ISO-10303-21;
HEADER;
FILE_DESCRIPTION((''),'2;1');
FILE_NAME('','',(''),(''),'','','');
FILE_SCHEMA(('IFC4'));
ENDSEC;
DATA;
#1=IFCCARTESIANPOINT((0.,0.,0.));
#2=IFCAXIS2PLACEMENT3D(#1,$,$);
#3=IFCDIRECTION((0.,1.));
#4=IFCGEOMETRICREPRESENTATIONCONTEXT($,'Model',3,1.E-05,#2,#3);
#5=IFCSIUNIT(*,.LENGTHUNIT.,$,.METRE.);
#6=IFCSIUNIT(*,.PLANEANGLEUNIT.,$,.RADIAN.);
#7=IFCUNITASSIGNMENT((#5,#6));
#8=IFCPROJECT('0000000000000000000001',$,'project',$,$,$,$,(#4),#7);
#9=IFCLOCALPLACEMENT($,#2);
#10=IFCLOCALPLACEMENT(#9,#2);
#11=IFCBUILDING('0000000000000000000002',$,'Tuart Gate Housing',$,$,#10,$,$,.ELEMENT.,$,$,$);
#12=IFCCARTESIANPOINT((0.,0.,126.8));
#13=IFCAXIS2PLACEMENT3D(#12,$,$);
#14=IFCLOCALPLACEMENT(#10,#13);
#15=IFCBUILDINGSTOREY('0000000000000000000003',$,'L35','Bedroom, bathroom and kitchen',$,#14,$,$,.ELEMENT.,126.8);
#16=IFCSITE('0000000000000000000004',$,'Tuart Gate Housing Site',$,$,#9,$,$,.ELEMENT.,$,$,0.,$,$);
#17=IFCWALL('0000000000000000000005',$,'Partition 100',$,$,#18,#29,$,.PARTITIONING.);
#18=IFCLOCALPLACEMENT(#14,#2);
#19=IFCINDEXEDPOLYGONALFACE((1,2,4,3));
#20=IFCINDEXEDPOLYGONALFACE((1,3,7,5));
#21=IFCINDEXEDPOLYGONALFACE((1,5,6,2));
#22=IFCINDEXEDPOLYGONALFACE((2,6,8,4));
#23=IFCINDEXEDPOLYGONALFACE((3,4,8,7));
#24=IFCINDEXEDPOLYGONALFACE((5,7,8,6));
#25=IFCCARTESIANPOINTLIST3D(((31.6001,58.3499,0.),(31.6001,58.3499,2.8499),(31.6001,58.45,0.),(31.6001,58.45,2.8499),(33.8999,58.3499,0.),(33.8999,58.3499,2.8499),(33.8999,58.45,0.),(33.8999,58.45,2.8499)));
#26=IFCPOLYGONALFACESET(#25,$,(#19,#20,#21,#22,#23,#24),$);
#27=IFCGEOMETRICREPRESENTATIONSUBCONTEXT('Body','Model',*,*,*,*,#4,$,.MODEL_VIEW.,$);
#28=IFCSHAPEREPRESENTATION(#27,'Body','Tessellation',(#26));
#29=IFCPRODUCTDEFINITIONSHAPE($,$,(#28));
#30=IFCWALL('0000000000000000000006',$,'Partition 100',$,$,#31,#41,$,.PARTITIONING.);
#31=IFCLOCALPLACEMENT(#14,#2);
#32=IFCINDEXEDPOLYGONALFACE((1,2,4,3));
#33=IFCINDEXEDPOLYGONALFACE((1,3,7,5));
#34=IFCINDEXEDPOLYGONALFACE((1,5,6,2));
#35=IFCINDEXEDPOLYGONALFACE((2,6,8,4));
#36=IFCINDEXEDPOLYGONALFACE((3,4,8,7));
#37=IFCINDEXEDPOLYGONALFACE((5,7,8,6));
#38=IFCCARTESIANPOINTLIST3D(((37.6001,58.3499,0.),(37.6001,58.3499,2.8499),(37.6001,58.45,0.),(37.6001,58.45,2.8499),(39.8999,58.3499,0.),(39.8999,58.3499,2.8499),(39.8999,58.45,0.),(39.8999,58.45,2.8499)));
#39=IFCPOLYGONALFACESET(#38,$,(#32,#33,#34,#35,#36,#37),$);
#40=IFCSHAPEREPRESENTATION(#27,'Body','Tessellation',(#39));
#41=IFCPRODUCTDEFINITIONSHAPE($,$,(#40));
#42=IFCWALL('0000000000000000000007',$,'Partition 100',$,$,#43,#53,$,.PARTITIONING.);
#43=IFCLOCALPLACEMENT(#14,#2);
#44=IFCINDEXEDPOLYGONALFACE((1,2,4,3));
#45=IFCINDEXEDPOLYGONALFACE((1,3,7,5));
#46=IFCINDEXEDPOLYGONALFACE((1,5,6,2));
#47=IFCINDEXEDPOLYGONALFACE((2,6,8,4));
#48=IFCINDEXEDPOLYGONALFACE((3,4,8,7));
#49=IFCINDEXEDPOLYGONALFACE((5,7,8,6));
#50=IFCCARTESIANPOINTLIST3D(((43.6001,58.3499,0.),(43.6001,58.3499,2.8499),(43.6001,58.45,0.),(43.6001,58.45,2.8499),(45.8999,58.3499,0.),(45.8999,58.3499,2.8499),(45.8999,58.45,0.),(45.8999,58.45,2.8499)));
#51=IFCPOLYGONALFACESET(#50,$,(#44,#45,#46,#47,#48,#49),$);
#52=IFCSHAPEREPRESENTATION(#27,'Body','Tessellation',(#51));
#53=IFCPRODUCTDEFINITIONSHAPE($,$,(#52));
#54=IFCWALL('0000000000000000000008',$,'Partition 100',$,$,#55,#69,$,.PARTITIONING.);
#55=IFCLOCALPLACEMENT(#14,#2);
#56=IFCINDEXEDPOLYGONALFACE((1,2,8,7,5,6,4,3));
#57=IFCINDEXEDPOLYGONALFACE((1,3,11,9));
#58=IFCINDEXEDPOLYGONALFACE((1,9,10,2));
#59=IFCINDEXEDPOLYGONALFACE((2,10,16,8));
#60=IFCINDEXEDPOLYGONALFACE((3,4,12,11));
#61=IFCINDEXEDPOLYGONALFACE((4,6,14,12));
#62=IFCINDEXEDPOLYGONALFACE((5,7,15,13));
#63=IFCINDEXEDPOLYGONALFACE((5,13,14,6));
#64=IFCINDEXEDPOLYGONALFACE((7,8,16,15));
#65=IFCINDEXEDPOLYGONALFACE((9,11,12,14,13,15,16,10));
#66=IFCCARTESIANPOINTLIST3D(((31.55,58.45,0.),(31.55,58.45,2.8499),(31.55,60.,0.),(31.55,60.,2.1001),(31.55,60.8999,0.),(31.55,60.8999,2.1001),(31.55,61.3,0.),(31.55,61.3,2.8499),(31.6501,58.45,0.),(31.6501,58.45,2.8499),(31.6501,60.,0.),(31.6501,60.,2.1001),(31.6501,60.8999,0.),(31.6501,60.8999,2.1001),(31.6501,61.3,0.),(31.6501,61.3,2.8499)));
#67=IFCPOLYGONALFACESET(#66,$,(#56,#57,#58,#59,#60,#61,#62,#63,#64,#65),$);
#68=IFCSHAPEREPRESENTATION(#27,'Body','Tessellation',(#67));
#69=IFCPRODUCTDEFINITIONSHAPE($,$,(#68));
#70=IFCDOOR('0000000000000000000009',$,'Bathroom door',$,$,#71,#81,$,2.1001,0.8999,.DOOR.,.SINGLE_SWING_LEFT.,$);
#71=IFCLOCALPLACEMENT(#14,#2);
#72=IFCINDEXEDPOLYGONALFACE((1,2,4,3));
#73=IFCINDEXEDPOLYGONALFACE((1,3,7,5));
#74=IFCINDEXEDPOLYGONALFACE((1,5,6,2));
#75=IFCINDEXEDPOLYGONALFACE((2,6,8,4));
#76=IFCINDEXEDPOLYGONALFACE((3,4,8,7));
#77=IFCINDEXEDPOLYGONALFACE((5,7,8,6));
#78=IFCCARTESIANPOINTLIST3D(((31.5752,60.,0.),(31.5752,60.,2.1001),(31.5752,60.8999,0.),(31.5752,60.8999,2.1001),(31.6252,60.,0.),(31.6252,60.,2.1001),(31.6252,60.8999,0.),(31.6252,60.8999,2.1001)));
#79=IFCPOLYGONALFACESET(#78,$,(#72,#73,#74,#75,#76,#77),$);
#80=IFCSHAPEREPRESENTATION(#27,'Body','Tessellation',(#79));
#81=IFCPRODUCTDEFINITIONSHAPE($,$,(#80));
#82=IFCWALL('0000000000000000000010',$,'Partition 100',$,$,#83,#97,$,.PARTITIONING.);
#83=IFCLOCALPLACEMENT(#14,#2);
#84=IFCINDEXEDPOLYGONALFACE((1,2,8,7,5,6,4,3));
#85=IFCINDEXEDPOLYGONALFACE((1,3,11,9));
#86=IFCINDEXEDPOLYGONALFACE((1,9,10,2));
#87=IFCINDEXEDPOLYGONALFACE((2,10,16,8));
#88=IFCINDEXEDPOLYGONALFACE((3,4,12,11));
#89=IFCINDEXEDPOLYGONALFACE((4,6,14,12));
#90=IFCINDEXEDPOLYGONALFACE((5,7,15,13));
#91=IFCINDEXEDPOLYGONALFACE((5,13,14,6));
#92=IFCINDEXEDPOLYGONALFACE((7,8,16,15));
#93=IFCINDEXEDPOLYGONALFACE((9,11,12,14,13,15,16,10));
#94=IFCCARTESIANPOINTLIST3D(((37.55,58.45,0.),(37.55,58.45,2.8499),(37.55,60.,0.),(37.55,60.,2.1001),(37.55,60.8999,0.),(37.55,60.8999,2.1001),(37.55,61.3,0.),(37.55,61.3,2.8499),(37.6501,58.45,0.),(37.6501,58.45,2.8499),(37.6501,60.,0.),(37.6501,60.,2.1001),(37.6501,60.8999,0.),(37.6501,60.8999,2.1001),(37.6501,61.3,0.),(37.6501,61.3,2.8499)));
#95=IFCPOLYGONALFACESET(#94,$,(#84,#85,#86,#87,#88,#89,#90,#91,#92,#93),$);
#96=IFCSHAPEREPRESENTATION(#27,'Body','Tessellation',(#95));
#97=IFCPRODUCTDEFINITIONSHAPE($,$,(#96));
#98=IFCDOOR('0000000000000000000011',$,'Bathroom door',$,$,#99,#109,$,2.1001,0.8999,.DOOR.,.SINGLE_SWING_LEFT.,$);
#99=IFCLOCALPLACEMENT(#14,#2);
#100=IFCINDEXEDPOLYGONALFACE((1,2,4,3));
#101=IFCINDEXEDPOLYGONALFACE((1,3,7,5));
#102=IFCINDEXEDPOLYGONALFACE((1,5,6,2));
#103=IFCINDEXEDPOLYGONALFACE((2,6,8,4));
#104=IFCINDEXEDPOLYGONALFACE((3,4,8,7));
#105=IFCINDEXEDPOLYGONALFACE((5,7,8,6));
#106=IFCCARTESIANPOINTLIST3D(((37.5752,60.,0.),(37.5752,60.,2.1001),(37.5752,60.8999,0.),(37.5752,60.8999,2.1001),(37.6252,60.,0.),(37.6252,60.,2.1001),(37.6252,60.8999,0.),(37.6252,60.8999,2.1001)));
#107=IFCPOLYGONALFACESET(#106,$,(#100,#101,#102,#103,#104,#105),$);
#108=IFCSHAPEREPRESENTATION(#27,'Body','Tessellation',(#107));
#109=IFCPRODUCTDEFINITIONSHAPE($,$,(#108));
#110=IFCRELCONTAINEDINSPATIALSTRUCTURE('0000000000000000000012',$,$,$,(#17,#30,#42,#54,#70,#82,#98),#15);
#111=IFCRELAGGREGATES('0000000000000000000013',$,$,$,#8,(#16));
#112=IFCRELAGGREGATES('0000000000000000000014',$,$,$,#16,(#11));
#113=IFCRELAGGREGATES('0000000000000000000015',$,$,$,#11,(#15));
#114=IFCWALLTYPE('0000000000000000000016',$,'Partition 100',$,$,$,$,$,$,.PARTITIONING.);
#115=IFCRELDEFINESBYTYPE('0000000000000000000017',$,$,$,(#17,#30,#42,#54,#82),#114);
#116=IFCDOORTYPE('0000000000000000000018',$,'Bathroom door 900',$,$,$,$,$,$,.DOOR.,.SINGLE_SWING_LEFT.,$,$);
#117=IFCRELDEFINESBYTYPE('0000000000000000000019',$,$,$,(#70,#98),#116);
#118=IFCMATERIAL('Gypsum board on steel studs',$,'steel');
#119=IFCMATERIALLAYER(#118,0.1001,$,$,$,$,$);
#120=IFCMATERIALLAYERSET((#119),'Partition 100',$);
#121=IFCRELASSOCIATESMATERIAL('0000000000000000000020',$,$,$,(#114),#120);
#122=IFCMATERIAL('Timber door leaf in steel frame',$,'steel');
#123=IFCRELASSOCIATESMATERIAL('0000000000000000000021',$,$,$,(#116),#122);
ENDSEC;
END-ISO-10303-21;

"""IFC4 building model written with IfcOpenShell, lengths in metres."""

from ifc_helpers import new_model, si_unit, direction, frame, frame_2d, origin, place, context, subcontext, project, spatial, rectangle, extrude, material, layer, layer_set, type_object, element, fill, save


model = new_model("IFC4")

# Units and contexts
model_context = context("Model", 3, precision=1e-05, world=origin(), true_north=direction((0.0, 1.0)))
body_context = subcontext(model_context, "Body", "Model", "MODEL_VIEW")
ifc_project = project(units=[si_unit("LENGTHUNIT", "METRE"), si_unit("PLANEANGLEUNIT", "RADIAN")], contexts=[model_context])

# Site, building, storey
site_placement = place(None, origin())
site = spatial("IfcSite", under=ifc_project, at=site_placement, Name="Tuart Gate Housing Site", CompositionType="ELEMENT", RefElevation=0.0)
building_placement = place(site_placement, origin())
building = spatial("IfcBuilding", under=site, at=building_placement, Name="Tuart Gate Housing", CompositionType="ELEMENT")
storey_placement = place(building_placement, frame((0.0, 0.0, 126.8)))
storey = spatial("IfcBuildingStorey", under=building, at=storey_placement, Name="L35", Description="Bedroom, bathroom and kitchen", CompositionType="ELEMENT", Elevation=126.8)

# Walls
ifc_material_1 = material(Name="Gypsum board on steel studs", Category="steel")
ifc_layer_1 = layer(ifc_material_1, 0.1001)
ifc_layer_set_1 = layer_set([ifc_layer_1], Name="Partition 100")
wall_type_1 = type_object("IfcWallType", Name="Partition 100", PredefinedType="PARTITIONING", material=ifc_layer_set_1)
for number, where, z_axis, x_axis, name in (
    (1, (31.6001, 58.3999, 0.0), (0.0, 0.0, 1.0), (1.0, 0.0, 0.0), "Partition 100"),
    (2, (37.6001, 58.3999, 0.0), (0.0, 0.0, 1.0), (1.0, 0.0, 0.0), "Partition 100"),
    (3, (43.6001, 58.3999, 0.0), (0.0, 0.0, 1.0), (1.0, 0.0, 0.0), "Partition 100"),
):
    element("IfcWall", number, at=place(storey_placement, frame(where, z_axis=z_axis, x_axis=x_axis)), inside=storey, type_object=wall_type_1, Name=name, PredefinedType="PARTITIONING", context=body_context, shape_type="SweptSolid", body=[
        extrude(rectangle(XDim=2.2998, YDim=0.1001, at=frame_2d((1.1499, 0.0))), origin(), (0.0, 0.0, 1.0), 2.8499),
    ])

# Walls, openings, doors
wall_1_placement = place(storey_placement, frame((31.6001, 58.45, 0.0), z_axis=(0.0, 0.0, 1.0), x_axis=(0.0, 1.0, 0.0)))
wall_1 = element("IfcWall", 4, at=wall_1_placement, inside=storey, type_object=wall_type_1, Name="Partition 100", PredefinedType="PARTITIONING", context=body_context, shape_type="SweptSolid", body=[
    extrude(rectangle(XDim=2.8501, YDim=0.1001, at=frame_2d((1.425, 0.0))), origin(), (0.0, 0.0, 1.0), 2.8499),
])
opening_1_placement = place(wall_1_placement, frame((1.55, 0.0, 0.0)))
opening_1 = element("IfcOpeningElement", 5, at=opening_1_placement, cuts=wall_1, PredefinedType="OPENING", context=body_context, shape_type="SweptSolid", body=[
    extrude(rectangle(XDim=0.8999, YDim=2.1001, at=frame_2d((0.45, 1.05))), frame((0.0, 0.0601, 0.0), z_axis=(0.0, -1.0, 0.0), x_axis=(1.0, 0.0, 0.0)), (0.0, 0.0, 1.0), 0.1201),
])
ifc_material_2 = material(Name="Timber door leaf in steel frame", Category="steel")
door_type_1 = type_object("IfcDoorType", Name="Bathroom door 900", OperationType="SINGLE_SWING_LEFT", PredefinedType="DOOR", material=ifc_material_2)
door_1_placement = place(opening_1_placement, frame((0.8999, 0.0, 0.0), z_axis=(0.0, 0.0, 1.0), x_axis=(-1.0, 0.0, 0.0)))
door_1 = element("IfcDoor", 6, at=door_1_placement, inside=storey, type_object=door_type_1, Name="Bathroom door", OperationType="SINGLE_SWING_LEFT", OverallHeight=2.1001, OverallWidth=0.8999, PredefinedType="DOOR", context=body_context, shape_type="SweptSolid", body=[
    extrude(rectangle(XDim=0.8999, YDim=2.1001, at=frame_2d((0.45, 1.05))), frame((0.0, 0.0251, 0.0), z_axis=(0.0, -1.0, 0.0), x_axis=(1.0, 0.0, 0.0)), (0.0, 0.0, 1.0), 0.05),
])
fill(opening_1, door_1)
wall_2_placement = place(storey_placement, frame((37.6001, 58.45, 0.0), z_axis=(0.0, 0.0, 1.0), x_axis=(0.0, 1.0, 0.0)))
wall_2 = element("IfcWall", 7, at=wall_2_placement, inside=storey, type_object=wall_type_1, Name="Partition 100", PredefinedType="PARTITIONING", context=body_context, shape_type="SweptSolid", body=[
    extrude(rectangle(XDim=2.8501, YDim=0.1001, at=frame_2d((1.425, 0.0))), origin(), (0.0, 0.0, 1.0), 2.8499),
])
opening_2_placement = place(wall_2_placement, frame((1.55, 0.0, 0.0)))
opening_2 = element("IfcOpeningElement", 8, at=opening_2_placement, cuts=wall_2, PredefinedType="OPENING", context=body_context, shape_type="SweptSolid", body=[
    extrude(rectangle(XDim=0.8999, YDim=2.1001, at=frame_2d((0.45, 1.05))), frame((0.0, 0.0601, 0.0), z_axis=(0.0, -1.0, 0.0), x_axis=(1.0, 0.0, 0.0)), (0.0, 0.0, 1.0), 0.1201),
])
door_2_placement = place(opening_2_placement, frame((0.8999, 0.0, 0.0), z_axis=(0.0, 0.0, 1.0), x_axis=(-1.0, 0.0, 0.0)))
door_2 = element("IfcDoor", 9, at=door_2_placement, inside=storey, type_object=door_type_1, Name="Bathroom door", OperationType="SINGLE_SWING_LEFT", OverallHeight=2.1001, OverallWidth=0.8999, PredefinedType="DOOR", context=body_context, shape_type="SweptSolid", body=[
    extrude(rectangle(XDim=0.8999, YDim=2.1001, at=frame_2d((0.45, 1.05))), frame((0.0, 0.0251, 0.0), z_axis=(0.0, -1.0, 0.0), x_axis=(1.0, 0.0, 0.0)), (0.0, 0.0, 1.0), 0.05),
])
fill(opening_2, door_2)

save(model, "model.ifc")
